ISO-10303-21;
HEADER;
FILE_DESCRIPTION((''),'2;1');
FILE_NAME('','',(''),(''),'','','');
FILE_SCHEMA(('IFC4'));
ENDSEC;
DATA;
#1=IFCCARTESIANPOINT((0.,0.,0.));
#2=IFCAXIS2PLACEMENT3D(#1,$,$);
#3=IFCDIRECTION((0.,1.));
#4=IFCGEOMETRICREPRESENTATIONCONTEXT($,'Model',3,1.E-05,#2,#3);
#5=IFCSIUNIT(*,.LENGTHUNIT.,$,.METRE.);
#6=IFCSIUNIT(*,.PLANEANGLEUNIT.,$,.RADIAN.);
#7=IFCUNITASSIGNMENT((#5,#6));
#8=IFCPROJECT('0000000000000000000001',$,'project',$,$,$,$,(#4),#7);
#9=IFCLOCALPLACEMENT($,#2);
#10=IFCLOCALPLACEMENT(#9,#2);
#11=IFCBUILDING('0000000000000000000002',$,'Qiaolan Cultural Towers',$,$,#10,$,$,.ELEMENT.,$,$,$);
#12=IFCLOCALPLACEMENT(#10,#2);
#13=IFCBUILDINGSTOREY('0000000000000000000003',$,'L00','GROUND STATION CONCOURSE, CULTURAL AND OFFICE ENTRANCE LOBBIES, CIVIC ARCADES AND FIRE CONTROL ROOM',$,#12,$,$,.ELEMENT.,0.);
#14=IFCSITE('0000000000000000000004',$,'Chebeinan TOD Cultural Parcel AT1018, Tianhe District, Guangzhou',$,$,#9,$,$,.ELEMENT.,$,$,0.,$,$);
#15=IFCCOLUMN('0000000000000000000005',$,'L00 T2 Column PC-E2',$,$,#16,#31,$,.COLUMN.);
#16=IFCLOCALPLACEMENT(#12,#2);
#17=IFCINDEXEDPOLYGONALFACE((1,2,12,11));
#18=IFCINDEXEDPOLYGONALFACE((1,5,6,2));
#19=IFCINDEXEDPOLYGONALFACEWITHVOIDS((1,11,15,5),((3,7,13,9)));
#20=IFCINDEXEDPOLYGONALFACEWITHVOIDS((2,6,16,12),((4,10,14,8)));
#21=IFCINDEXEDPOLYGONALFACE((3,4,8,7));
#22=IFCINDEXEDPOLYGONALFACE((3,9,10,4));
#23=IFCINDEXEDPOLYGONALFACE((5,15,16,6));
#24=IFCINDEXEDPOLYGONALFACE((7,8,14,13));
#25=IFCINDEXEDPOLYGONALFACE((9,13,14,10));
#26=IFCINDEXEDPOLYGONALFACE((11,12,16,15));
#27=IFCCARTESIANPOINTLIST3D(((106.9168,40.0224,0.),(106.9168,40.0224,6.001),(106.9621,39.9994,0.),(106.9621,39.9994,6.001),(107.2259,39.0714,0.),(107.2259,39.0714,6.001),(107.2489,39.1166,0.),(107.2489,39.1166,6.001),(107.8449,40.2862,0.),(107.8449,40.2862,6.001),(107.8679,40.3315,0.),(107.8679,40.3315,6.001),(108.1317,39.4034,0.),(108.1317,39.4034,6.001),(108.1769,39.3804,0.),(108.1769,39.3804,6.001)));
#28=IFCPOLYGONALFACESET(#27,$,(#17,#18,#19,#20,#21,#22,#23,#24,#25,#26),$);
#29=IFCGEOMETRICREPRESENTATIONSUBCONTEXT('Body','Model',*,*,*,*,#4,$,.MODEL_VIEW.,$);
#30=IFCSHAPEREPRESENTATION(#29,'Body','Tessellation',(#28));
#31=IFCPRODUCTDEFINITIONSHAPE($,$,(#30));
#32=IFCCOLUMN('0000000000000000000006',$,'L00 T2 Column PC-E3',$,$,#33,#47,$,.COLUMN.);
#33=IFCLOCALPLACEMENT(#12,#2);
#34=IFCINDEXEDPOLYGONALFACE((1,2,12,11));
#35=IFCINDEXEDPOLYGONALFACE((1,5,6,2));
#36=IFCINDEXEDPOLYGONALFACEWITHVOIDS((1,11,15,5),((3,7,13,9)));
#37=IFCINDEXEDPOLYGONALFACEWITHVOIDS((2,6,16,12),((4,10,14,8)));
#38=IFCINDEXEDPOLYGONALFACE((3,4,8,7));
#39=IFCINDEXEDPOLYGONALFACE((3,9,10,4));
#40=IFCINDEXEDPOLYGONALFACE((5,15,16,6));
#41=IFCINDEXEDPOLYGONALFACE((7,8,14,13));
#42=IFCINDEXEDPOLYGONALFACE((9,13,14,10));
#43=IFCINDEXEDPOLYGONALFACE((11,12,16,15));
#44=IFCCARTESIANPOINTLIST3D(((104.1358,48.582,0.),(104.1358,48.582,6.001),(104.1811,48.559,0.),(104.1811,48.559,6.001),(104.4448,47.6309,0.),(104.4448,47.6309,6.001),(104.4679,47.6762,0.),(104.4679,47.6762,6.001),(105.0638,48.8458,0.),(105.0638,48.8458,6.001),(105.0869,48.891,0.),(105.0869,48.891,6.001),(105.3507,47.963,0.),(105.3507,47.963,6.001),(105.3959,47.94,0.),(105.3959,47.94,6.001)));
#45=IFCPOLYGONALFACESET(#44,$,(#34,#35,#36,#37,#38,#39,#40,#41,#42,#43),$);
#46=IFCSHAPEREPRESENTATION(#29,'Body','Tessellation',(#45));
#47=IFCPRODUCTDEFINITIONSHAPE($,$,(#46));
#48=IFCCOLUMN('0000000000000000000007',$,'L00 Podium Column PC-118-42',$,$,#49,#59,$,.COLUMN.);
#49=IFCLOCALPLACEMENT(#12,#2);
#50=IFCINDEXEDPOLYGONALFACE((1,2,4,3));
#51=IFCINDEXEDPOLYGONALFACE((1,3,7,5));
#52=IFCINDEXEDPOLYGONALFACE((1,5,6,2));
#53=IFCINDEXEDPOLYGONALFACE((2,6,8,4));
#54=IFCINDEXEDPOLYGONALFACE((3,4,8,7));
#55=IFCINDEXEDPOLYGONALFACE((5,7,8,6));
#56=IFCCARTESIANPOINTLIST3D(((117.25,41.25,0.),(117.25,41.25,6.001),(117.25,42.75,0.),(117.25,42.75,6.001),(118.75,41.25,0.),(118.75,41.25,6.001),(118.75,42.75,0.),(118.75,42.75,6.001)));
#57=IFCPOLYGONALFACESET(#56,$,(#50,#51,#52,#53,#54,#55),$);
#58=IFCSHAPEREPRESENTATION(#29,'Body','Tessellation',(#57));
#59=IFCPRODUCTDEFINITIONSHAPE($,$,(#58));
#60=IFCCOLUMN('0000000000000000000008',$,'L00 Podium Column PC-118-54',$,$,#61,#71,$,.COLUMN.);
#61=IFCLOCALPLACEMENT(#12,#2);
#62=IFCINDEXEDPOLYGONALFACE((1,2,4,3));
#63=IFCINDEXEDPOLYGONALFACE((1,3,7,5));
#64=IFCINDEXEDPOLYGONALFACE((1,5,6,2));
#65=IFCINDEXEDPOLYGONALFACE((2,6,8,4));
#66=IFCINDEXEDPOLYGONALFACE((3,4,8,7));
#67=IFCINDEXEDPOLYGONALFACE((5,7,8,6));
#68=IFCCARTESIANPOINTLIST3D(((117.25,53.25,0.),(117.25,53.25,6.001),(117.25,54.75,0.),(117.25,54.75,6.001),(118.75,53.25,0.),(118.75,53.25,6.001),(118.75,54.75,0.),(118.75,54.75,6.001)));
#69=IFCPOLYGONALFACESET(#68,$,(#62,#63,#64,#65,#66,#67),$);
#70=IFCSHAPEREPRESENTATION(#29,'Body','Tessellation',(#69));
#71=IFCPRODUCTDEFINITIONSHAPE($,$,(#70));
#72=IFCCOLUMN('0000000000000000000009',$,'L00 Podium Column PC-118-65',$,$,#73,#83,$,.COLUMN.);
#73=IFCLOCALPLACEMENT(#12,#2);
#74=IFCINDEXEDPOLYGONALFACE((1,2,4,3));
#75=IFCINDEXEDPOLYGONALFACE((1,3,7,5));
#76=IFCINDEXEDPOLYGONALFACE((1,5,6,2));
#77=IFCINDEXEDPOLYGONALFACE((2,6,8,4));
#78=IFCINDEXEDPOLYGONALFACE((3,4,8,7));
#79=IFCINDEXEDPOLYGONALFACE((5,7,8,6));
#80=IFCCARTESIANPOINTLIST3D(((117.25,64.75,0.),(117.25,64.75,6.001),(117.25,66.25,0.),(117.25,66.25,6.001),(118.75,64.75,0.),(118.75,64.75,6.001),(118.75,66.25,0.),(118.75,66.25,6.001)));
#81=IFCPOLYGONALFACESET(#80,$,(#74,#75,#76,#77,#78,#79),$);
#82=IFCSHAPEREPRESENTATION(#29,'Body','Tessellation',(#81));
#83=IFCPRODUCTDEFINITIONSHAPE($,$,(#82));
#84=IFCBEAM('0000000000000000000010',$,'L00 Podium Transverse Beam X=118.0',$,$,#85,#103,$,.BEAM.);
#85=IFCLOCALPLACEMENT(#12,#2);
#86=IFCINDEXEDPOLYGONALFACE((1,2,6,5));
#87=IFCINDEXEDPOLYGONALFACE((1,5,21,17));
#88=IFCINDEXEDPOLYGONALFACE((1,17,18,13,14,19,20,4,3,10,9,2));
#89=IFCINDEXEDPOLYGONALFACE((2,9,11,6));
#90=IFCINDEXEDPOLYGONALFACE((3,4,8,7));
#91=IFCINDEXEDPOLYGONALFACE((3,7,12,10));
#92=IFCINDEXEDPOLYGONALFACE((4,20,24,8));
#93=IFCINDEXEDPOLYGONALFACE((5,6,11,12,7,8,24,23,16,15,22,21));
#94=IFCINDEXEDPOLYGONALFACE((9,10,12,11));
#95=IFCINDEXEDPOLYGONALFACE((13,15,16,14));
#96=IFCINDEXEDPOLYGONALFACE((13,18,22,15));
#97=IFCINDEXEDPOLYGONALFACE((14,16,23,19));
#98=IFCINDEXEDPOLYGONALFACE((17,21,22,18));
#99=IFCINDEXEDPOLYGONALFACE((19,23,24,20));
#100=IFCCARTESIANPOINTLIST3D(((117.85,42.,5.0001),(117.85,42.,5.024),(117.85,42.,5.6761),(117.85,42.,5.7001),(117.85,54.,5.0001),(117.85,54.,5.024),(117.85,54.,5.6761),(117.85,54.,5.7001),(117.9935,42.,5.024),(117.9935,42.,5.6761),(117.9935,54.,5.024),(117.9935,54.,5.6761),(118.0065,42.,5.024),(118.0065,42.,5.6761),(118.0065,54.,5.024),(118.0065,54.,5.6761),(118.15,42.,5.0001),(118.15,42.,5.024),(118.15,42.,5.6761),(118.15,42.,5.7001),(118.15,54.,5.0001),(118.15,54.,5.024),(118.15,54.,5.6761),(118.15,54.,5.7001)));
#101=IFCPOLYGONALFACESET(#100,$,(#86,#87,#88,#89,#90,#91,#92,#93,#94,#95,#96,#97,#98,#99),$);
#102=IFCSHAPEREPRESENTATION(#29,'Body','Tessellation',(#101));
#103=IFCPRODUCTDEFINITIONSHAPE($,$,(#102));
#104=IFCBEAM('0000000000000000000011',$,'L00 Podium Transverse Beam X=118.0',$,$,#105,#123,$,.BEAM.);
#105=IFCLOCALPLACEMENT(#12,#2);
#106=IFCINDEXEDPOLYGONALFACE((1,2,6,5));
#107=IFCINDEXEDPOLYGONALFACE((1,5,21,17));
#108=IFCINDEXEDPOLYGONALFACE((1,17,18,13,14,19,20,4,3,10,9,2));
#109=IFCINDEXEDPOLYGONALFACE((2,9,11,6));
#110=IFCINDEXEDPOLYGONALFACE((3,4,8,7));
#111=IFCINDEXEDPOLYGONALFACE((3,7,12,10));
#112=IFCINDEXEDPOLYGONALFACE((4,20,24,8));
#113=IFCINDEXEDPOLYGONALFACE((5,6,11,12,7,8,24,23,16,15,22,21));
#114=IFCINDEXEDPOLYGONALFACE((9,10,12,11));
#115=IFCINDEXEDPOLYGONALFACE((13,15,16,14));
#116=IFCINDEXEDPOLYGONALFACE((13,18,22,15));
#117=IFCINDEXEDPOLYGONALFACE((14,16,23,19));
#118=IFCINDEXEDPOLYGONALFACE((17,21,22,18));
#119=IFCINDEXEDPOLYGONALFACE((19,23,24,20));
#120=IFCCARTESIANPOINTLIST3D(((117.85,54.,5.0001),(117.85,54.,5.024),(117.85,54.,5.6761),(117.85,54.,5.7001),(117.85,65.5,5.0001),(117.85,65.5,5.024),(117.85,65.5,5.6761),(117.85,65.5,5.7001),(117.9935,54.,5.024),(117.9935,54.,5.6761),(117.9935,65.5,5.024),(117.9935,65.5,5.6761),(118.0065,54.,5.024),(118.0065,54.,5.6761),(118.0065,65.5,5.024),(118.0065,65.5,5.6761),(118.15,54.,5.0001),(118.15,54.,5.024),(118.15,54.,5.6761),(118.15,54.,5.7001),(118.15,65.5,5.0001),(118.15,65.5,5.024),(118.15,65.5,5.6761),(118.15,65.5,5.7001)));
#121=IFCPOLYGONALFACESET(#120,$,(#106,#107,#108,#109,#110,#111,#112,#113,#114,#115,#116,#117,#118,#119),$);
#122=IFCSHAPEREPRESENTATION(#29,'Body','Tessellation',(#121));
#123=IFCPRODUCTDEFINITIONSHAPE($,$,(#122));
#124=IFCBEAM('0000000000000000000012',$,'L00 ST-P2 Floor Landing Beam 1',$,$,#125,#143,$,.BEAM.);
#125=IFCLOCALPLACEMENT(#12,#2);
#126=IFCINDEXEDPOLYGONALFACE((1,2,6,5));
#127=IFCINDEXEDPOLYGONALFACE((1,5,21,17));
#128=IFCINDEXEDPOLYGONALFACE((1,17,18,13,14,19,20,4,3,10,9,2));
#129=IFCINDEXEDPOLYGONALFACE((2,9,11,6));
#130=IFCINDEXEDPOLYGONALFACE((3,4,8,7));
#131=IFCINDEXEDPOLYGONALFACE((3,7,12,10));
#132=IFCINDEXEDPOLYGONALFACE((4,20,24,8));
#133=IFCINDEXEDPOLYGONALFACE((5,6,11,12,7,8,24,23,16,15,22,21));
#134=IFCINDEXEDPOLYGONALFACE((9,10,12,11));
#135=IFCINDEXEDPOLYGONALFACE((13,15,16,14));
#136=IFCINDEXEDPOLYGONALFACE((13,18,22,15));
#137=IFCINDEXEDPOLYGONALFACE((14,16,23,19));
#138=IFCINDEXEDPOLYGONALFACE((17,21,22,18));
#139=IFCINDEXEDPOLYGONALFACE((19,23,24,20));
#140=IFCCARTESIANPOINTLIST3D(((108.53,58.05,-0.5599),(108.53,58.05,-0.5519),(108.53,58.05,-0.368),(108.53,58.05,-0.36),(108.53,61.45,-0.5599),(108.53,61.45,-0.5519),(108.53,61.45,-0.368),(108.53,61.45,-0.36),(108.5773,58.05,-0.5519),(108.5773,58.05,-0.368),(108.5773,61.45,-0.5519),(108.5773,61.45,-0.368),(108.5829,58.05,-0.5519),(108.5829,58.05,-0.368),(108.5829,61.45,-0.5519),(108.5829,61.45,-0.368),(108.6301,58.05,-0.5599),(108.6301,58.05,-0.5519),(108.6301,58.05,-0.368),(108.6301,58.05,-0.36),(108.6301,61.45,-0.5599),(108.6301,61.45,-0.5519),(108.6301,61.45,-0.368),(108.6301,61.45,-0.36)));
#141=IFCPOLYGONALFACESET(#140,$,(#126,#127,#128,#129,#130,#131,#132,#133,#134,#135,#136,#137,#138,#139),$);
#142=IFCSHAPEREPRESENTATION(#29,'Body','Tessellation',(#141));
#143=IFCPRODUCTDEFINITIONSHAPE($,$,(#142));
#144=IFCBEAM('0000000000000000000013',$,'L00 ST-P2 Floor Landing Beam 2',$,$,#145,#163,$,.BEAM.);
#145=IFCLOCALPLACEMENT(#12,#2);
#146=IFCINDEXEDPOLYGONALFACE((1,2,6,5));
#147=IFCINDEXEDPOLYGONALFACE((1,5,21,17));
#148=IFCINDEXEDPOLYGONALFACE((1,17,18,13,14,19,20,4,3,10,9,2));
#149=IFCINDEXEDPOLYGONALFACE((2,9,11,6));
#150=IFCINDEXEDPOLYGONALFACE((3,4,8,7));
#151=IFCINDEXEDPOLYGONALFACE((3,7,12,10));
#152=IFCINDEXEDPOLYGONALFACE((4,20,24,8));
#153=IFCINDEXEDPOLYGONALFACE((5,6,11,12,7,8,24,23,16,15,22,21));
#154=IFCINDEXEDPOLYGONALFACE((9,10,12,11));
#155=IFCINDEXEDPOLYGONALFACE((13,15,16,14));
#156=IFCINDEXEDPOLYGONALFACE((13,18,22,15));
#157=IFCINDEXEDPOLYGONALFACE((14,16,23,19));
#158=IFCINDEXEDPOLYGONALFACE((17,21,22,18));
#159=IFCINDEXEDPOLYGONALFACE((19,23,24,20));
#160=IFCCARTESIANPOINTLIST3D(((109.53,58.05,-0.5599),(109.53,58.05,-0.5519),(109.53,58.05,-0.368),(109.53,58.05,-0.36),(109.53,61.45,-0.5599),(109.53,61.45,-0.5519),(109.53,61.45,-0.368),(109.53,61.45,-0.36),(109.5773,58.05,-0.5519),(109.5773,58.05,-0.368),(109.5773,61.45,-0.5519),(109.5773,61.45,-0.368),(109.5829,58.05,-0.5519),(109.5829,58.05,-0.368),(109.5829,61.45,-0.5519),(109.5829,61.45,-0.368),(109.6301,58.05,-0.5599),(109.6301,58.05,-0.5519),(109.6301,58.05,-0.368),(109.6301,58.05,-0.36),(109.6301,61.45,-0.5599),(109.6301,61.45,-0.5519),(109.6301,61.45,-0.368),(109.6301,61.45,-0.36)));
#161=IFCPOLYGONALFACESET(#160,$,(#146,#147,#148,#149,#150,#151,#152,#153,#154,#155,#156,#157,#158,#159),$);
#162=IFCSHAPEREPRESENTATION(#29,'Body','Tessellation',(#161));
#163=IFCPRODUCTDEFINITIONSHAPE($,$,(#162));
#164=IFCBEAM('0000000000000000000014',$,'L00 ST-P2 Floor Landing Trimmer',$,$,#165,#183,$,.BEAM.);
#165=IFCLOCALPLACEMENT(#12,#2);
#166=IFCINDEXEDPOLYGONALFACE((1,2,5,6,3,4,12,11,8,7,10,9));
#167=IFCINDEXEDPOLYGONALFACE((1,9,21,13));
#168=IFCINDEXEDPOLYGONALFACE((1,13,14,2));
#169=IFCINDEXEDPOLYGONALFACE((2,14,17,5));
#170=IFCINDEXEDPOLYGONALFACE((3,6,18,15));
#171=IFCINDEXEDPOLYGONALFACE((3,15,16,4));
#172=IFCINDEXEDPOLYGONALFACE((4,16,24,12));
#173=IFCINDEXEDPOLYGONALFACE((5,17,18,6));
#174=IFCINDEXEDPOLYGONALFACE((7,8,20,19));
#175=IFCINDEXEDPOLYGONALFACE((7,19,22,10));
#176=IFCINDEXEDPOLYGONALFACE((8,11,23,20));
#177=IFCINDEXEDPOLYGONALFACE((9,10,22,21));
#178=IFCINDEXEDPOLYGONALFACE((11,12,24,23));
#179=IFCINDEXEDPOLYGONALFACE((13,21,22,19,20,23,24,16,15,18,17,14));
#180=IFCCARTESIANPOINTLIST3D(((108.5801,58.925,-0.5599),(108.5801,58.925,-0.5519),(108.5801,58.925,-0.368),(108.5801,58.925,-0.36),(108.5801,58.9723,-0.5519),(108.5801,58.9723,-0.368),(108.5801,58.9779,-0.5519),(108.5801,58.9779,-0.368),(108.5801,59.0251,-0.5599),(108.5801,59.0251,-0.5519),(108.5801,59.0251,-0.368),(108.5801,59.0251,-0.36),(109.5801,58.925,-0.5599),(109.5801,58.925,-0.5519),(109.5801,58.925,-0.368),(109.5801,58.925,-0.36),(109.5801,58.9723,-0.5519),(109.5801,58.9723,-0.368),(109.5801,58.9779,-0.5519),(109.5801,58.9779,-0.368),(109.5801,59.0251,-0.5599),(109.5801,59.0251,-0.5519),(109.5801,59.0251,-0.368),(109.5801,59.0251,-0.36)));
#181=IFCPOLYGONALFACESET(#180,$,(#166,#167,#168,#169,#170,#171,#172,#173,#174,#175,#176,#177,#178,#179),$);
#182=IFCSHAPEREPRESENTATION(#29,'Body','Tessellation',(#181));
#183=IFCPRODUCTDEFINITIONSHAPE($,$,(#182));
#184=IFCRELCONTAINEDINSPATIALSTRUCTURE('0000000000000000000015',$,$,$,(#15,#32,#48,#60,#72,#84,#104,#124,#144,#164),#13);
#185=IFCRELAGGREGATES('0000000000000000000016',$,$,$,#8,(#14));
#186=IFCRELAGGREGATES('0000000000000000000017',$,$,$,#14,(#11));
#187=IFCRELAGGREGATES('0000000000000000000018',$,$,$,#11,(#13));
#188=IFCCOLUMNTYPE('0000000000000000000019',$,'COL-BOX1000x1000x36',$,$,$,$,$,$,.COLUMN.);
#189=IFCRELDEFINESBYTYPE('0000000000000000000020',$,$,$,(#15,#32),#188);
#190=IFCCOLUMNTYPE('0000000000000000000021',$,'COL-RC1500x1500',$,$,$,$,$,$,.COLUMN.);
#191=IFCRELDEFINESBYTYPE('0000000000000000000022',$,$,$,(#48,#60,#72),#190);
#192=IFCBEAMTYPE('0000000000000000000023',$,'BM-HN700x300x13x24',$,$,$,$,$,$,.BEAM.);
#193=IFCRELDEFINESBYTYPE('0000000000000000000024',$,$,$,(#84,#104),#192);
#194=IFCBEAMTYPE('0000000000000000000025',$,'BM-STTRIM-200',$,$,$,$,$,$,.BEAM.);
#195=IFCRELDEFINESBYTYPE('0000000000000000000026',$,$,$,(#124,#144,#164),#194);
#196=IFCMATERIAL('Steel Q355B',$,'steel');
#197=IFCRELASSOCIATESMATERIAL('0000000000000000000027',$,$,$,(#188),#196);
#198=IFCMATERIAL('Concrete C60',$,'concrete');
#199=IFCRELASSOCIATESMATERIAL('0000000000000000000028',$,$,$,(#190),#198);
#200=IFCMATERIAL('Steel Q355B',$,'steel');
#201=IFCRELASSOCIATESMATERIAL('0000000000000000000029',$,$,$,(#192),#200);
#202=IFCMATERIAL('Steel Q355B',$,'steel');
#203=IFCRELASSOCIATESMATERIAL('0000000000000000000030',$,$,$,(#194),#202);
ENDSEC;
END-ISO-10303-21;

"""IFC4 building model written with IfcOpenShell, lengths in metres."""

from ifc_helpers import new_model, si_unit, direction, frame, origin, origin_2d, place, context, subcontext, project, spatial, rectangle, hollow_rectangle, i_section, extrude, material, material_profile, profile_set, type_object, element, save


model = new_model("IFC4")

# Units and contexts
model_context = context("Model", 3, precision=1e-05, world=origin(), true_north=direction((0.0, 1.0)))
body_context = subcontext(model_context, "Body", "Model", "MODEL_VIEW")
ifc_project = project(units=[si_unit("LENGTHUNIT", "METRE"), si_unit("PLANEANGLEUNIT", "RADIAN")], contexts=[model_context])

# Site, building, storey
site_placement = place(None, origin())
site = spatial("IfcSite", under=ifc_project, at=site_placement, Name="Chebeinan TOD Cultural Parcel AT1018, Tianhe District, Guangzhou", CompositionType="ELEMENT", RefElevation=0.0)
building_placement = place(site_placement, origin())
building = spatial("IfcBuilding", under=site, at=building_placement, Name="Qiaolan Cultural Towers", CompositionType="ELEMENT")
storey_placement = place(building_placement, origin())
storey = spatial("IfcBuildingStorey", under=building, at=storey_placement, Name="L00", Description="GROUND STATION CONCOURSE, CULTURAL AND OFFICE ENTRANCE LOBBIES, CIVIC ARCADES AND FIRE CONTROL ROOM", CompositionType="ELEMENT", Elevation=0.0)

# Columns
ifc_material_1 = material(Name="Steel Q355B", Category="steel")
ifc_material_profile_1 = material_profile(ifc_material_1, hollow_rectangle(XDim=1.0, YDim=1.0, WallThickness=0.0359, at=origin_2d()), Name="BOX1000x1000x36")
ifc_profile_set_1 = profile_set([ifc_material_profile_1], Name="Steel Q355B")
column_type_1 = type_object("IfcColumnType", Name="COL-BOX1000x1000x36", PredefinedType="COLUMN", material=ifc_profile_set_1)
for number, where, z_axis, x_axis, name in (
    (1, (107.5469, 39.7014, 0.0), (0.0, 0.0, 1.0), (0.951057, 0.309017, 0.0), "L00 T2 Column PC-E2"),
    (2, (104.7659, 48.261, 0.0), (0.0, 0.0, 1.0), (0.951057, 0.309017, 0.0), "L00 T2 Column PC-E3"),
):
    element("IfcColumn", number, at=place(storey_placement, frame(where, z_axis=z_axis, x_axis=x_axis)), inside=storey, type_object=column_type_1, Name=name, PredefinedType="COLUMN", context=body_context, shape_type="SweptSolid", body=[
        extrude(hollow_rectangle(XDim=1.0, YDim=1.0, WallThickness=0.0359, at=origin_2d()), origin(), (0.0, 0.0, 1.0), 6.001),
    ])
ifc_material_2 = material(Name="Concrete C60", Category="concrete")
ifc_material_profile_2 = material_profile(ifc_material_2, rectangle(XDim=1.5, YDim=1.5, at=origin_2d()), Name="RC1500x1500")
ifc_profile_set_2 = profile_set([ifc_material_profile_2], Name="Concrete C60")
column_type_2 = type_object("IfcColumnType", Name="COL-RC1500x1500", PredefinedType="COLUMN", material=ifc_profile_set_2)
for number, where, z_axis, x_axis, name in (
    (3, (118.0, 42.0, 0.0), (0.0, 0.0, 1.0), (1.0, 0.0, 0.0), "L00 Podium Column PC-118-42"),
    (4, (118.0, 54.0, 0.0), (0.0, 0.0, 1.0), (1.0, 0.0, 0.0), "L00 Podium Column PC-118-54"),
    (5, (118.0, 65.5, 0.0), (0.0, 0.0, 1.0), (1.0, 0.0, 0.0), "L00 Podium Column PC-118-65"),
):
    element("IfcColumn", number, at=place(storey_placement, frame(where, z_axis=z_axis, x_axis=x_axis)), inside=storey, type_object=column_type_2, Name=name, PredefinedType="COLUMN", context=body_context, shape_type="SweptSolid", body=[
        extrude(rectangle(XDim=1.5, YDim=1.5, at=origin_2d()), origin(), (0.0, 0.0, 1.0), 6.001),
    ])

# Beams
ifc_material_3 = material(Name="Steel Q355B", Category="steel")
ifc_material_profile_3 = material_profile(ifc_material_3, i_section(OverallWidth=0.3, OverallDepth=0.7, WebThickness=0.0129, FlangeThickness=0.0239, at=origin_2d()), Name="HN700x300x13x24")
ifc_profile_set_3 = profile_set([ifc_material_profile_3], Name="Steel Q355B")
beam_type_1 = type_object("IfcBeamType", Name="BM-HN700x300x13x24", PredefinedType="BEAM", material=ifc_profile_set_3)
beam_1_placement = place(storey_placement, frame((118.0, 42.0, 5.3501), z_axis=(0.0, 1.0, 0.0), x_axis=(-1.0, 0.0, 0.0)))
element("IfcBeam", 6, at=beam_1_placement, inside=storey, type_object=beam_type_1, Name="L00 Podium Transverse Beam X=118.0", PredefinedType="BEAM", context=body_context, shape_type="SweptSolid", body=[
    extrude(i_section(OverallWidth=0.3, OverallDepth=0.7, WebThickness=0.0129, FlangeThickness=0.0239, at=origin_2d()), origin(), (0.0, 0.0, 1.0), 12.0),
])
beam_2_placement = place(storey_placement, frame((118.0, 54.0, 5.3501), z_axis=(0.0, 1.0, 0.0), x_axis=(-1.0, 0.0, 0.0)))
element("IfcBeam", 7, at=beam_2_placement, inside=storey, type_object=beam_type_1, Name="L00 Podium Transverse Beam X=118.0", PredefinedType="BEAM", context=body_context, shape_type="SweptSolid", body=[
    extrude(i_section(OverallWidth=0.3, OverallDepth=0.7, WebThickness=0.0129, FlangeThickness=0.0239, at=origin_2d()), origin(), (0.0, 0.0, 1.0), 11.5),
])
ifc_material_4 = material(Name="Steel Q355B", Category="steel")
ifc_material_profile_4 = material_profile(ifc_material_4, i_section(OverallWidth=0.1001, OverallDepth=0.2, WebThickness=0.0056, FlangeThickness=0.0081, at=origin_2d()), Name="HN200x100x5.5x8")
ifc_profile_set_4 = profile_set([ifc_material_profile_4], Name="Steel Q355B")
beam_type_2 = type_object("IfcBeamType", Name="BM-STTRIM-200", PredefinedType="BEAM", material=ifc_profile_set_4)
for number, where, z_axis, x_axis, name in (
    (8, (108.5801, 58.05, -0.46), (0.0, 1.0, 0.0), (-1.0, 0.0, 0.0), "L00 ST-P2 Floor Landing Beam 1"),
    (9, (109.5801, 58.05, -0.46), (0.0, 1.0, 0.0), (-1.0, 0.0, 0.0), "L00 ST-P2 Floor Landing Beam 2"),
):
    element("IfcBeam", number, at=place(storey_placement, frame(where, z_axis=z_axis, x_axis=x_axis)), inside=storey, type_object=beam_type_2, Name=name, PredefinedType="BEAM", context=body_context, shape_type="SweptSolid", body=[
        extrude(i_section(OverallWidth=0.1001, OverallDepth=0.2, WebThickness=0.0056, FlangeThickness=0.0081, at=origin_2d()), origin(), (0.0, 0.0, 1.0), 3.3999),
    ])
beam_3_placement = place(storey_placement, frame((108.5801, 58.9751, -0.46), z_axis=(1.0, 0.0, 0.0), x_axis=(0.0, 1.0, 0.0)))
element("IfcBeam", 10, at=beam_3_placement, inside=storey, type_object=beam_type_2, Name="L00 ST-P2 Floor Landing Trimmer", PredefinedType="BEAM", context=body_context, shape_type="SweptSolid", body=[
    extrude(i_section(OverallWidth=0.1001, OverallDepth=0.2, WebThickness=0.0056, FlangeThickness=0.0081, at=origin_2d()), origin(), (0.0, 0.0, 1.0), 1.0),
])

save(model, "model.ifc")
